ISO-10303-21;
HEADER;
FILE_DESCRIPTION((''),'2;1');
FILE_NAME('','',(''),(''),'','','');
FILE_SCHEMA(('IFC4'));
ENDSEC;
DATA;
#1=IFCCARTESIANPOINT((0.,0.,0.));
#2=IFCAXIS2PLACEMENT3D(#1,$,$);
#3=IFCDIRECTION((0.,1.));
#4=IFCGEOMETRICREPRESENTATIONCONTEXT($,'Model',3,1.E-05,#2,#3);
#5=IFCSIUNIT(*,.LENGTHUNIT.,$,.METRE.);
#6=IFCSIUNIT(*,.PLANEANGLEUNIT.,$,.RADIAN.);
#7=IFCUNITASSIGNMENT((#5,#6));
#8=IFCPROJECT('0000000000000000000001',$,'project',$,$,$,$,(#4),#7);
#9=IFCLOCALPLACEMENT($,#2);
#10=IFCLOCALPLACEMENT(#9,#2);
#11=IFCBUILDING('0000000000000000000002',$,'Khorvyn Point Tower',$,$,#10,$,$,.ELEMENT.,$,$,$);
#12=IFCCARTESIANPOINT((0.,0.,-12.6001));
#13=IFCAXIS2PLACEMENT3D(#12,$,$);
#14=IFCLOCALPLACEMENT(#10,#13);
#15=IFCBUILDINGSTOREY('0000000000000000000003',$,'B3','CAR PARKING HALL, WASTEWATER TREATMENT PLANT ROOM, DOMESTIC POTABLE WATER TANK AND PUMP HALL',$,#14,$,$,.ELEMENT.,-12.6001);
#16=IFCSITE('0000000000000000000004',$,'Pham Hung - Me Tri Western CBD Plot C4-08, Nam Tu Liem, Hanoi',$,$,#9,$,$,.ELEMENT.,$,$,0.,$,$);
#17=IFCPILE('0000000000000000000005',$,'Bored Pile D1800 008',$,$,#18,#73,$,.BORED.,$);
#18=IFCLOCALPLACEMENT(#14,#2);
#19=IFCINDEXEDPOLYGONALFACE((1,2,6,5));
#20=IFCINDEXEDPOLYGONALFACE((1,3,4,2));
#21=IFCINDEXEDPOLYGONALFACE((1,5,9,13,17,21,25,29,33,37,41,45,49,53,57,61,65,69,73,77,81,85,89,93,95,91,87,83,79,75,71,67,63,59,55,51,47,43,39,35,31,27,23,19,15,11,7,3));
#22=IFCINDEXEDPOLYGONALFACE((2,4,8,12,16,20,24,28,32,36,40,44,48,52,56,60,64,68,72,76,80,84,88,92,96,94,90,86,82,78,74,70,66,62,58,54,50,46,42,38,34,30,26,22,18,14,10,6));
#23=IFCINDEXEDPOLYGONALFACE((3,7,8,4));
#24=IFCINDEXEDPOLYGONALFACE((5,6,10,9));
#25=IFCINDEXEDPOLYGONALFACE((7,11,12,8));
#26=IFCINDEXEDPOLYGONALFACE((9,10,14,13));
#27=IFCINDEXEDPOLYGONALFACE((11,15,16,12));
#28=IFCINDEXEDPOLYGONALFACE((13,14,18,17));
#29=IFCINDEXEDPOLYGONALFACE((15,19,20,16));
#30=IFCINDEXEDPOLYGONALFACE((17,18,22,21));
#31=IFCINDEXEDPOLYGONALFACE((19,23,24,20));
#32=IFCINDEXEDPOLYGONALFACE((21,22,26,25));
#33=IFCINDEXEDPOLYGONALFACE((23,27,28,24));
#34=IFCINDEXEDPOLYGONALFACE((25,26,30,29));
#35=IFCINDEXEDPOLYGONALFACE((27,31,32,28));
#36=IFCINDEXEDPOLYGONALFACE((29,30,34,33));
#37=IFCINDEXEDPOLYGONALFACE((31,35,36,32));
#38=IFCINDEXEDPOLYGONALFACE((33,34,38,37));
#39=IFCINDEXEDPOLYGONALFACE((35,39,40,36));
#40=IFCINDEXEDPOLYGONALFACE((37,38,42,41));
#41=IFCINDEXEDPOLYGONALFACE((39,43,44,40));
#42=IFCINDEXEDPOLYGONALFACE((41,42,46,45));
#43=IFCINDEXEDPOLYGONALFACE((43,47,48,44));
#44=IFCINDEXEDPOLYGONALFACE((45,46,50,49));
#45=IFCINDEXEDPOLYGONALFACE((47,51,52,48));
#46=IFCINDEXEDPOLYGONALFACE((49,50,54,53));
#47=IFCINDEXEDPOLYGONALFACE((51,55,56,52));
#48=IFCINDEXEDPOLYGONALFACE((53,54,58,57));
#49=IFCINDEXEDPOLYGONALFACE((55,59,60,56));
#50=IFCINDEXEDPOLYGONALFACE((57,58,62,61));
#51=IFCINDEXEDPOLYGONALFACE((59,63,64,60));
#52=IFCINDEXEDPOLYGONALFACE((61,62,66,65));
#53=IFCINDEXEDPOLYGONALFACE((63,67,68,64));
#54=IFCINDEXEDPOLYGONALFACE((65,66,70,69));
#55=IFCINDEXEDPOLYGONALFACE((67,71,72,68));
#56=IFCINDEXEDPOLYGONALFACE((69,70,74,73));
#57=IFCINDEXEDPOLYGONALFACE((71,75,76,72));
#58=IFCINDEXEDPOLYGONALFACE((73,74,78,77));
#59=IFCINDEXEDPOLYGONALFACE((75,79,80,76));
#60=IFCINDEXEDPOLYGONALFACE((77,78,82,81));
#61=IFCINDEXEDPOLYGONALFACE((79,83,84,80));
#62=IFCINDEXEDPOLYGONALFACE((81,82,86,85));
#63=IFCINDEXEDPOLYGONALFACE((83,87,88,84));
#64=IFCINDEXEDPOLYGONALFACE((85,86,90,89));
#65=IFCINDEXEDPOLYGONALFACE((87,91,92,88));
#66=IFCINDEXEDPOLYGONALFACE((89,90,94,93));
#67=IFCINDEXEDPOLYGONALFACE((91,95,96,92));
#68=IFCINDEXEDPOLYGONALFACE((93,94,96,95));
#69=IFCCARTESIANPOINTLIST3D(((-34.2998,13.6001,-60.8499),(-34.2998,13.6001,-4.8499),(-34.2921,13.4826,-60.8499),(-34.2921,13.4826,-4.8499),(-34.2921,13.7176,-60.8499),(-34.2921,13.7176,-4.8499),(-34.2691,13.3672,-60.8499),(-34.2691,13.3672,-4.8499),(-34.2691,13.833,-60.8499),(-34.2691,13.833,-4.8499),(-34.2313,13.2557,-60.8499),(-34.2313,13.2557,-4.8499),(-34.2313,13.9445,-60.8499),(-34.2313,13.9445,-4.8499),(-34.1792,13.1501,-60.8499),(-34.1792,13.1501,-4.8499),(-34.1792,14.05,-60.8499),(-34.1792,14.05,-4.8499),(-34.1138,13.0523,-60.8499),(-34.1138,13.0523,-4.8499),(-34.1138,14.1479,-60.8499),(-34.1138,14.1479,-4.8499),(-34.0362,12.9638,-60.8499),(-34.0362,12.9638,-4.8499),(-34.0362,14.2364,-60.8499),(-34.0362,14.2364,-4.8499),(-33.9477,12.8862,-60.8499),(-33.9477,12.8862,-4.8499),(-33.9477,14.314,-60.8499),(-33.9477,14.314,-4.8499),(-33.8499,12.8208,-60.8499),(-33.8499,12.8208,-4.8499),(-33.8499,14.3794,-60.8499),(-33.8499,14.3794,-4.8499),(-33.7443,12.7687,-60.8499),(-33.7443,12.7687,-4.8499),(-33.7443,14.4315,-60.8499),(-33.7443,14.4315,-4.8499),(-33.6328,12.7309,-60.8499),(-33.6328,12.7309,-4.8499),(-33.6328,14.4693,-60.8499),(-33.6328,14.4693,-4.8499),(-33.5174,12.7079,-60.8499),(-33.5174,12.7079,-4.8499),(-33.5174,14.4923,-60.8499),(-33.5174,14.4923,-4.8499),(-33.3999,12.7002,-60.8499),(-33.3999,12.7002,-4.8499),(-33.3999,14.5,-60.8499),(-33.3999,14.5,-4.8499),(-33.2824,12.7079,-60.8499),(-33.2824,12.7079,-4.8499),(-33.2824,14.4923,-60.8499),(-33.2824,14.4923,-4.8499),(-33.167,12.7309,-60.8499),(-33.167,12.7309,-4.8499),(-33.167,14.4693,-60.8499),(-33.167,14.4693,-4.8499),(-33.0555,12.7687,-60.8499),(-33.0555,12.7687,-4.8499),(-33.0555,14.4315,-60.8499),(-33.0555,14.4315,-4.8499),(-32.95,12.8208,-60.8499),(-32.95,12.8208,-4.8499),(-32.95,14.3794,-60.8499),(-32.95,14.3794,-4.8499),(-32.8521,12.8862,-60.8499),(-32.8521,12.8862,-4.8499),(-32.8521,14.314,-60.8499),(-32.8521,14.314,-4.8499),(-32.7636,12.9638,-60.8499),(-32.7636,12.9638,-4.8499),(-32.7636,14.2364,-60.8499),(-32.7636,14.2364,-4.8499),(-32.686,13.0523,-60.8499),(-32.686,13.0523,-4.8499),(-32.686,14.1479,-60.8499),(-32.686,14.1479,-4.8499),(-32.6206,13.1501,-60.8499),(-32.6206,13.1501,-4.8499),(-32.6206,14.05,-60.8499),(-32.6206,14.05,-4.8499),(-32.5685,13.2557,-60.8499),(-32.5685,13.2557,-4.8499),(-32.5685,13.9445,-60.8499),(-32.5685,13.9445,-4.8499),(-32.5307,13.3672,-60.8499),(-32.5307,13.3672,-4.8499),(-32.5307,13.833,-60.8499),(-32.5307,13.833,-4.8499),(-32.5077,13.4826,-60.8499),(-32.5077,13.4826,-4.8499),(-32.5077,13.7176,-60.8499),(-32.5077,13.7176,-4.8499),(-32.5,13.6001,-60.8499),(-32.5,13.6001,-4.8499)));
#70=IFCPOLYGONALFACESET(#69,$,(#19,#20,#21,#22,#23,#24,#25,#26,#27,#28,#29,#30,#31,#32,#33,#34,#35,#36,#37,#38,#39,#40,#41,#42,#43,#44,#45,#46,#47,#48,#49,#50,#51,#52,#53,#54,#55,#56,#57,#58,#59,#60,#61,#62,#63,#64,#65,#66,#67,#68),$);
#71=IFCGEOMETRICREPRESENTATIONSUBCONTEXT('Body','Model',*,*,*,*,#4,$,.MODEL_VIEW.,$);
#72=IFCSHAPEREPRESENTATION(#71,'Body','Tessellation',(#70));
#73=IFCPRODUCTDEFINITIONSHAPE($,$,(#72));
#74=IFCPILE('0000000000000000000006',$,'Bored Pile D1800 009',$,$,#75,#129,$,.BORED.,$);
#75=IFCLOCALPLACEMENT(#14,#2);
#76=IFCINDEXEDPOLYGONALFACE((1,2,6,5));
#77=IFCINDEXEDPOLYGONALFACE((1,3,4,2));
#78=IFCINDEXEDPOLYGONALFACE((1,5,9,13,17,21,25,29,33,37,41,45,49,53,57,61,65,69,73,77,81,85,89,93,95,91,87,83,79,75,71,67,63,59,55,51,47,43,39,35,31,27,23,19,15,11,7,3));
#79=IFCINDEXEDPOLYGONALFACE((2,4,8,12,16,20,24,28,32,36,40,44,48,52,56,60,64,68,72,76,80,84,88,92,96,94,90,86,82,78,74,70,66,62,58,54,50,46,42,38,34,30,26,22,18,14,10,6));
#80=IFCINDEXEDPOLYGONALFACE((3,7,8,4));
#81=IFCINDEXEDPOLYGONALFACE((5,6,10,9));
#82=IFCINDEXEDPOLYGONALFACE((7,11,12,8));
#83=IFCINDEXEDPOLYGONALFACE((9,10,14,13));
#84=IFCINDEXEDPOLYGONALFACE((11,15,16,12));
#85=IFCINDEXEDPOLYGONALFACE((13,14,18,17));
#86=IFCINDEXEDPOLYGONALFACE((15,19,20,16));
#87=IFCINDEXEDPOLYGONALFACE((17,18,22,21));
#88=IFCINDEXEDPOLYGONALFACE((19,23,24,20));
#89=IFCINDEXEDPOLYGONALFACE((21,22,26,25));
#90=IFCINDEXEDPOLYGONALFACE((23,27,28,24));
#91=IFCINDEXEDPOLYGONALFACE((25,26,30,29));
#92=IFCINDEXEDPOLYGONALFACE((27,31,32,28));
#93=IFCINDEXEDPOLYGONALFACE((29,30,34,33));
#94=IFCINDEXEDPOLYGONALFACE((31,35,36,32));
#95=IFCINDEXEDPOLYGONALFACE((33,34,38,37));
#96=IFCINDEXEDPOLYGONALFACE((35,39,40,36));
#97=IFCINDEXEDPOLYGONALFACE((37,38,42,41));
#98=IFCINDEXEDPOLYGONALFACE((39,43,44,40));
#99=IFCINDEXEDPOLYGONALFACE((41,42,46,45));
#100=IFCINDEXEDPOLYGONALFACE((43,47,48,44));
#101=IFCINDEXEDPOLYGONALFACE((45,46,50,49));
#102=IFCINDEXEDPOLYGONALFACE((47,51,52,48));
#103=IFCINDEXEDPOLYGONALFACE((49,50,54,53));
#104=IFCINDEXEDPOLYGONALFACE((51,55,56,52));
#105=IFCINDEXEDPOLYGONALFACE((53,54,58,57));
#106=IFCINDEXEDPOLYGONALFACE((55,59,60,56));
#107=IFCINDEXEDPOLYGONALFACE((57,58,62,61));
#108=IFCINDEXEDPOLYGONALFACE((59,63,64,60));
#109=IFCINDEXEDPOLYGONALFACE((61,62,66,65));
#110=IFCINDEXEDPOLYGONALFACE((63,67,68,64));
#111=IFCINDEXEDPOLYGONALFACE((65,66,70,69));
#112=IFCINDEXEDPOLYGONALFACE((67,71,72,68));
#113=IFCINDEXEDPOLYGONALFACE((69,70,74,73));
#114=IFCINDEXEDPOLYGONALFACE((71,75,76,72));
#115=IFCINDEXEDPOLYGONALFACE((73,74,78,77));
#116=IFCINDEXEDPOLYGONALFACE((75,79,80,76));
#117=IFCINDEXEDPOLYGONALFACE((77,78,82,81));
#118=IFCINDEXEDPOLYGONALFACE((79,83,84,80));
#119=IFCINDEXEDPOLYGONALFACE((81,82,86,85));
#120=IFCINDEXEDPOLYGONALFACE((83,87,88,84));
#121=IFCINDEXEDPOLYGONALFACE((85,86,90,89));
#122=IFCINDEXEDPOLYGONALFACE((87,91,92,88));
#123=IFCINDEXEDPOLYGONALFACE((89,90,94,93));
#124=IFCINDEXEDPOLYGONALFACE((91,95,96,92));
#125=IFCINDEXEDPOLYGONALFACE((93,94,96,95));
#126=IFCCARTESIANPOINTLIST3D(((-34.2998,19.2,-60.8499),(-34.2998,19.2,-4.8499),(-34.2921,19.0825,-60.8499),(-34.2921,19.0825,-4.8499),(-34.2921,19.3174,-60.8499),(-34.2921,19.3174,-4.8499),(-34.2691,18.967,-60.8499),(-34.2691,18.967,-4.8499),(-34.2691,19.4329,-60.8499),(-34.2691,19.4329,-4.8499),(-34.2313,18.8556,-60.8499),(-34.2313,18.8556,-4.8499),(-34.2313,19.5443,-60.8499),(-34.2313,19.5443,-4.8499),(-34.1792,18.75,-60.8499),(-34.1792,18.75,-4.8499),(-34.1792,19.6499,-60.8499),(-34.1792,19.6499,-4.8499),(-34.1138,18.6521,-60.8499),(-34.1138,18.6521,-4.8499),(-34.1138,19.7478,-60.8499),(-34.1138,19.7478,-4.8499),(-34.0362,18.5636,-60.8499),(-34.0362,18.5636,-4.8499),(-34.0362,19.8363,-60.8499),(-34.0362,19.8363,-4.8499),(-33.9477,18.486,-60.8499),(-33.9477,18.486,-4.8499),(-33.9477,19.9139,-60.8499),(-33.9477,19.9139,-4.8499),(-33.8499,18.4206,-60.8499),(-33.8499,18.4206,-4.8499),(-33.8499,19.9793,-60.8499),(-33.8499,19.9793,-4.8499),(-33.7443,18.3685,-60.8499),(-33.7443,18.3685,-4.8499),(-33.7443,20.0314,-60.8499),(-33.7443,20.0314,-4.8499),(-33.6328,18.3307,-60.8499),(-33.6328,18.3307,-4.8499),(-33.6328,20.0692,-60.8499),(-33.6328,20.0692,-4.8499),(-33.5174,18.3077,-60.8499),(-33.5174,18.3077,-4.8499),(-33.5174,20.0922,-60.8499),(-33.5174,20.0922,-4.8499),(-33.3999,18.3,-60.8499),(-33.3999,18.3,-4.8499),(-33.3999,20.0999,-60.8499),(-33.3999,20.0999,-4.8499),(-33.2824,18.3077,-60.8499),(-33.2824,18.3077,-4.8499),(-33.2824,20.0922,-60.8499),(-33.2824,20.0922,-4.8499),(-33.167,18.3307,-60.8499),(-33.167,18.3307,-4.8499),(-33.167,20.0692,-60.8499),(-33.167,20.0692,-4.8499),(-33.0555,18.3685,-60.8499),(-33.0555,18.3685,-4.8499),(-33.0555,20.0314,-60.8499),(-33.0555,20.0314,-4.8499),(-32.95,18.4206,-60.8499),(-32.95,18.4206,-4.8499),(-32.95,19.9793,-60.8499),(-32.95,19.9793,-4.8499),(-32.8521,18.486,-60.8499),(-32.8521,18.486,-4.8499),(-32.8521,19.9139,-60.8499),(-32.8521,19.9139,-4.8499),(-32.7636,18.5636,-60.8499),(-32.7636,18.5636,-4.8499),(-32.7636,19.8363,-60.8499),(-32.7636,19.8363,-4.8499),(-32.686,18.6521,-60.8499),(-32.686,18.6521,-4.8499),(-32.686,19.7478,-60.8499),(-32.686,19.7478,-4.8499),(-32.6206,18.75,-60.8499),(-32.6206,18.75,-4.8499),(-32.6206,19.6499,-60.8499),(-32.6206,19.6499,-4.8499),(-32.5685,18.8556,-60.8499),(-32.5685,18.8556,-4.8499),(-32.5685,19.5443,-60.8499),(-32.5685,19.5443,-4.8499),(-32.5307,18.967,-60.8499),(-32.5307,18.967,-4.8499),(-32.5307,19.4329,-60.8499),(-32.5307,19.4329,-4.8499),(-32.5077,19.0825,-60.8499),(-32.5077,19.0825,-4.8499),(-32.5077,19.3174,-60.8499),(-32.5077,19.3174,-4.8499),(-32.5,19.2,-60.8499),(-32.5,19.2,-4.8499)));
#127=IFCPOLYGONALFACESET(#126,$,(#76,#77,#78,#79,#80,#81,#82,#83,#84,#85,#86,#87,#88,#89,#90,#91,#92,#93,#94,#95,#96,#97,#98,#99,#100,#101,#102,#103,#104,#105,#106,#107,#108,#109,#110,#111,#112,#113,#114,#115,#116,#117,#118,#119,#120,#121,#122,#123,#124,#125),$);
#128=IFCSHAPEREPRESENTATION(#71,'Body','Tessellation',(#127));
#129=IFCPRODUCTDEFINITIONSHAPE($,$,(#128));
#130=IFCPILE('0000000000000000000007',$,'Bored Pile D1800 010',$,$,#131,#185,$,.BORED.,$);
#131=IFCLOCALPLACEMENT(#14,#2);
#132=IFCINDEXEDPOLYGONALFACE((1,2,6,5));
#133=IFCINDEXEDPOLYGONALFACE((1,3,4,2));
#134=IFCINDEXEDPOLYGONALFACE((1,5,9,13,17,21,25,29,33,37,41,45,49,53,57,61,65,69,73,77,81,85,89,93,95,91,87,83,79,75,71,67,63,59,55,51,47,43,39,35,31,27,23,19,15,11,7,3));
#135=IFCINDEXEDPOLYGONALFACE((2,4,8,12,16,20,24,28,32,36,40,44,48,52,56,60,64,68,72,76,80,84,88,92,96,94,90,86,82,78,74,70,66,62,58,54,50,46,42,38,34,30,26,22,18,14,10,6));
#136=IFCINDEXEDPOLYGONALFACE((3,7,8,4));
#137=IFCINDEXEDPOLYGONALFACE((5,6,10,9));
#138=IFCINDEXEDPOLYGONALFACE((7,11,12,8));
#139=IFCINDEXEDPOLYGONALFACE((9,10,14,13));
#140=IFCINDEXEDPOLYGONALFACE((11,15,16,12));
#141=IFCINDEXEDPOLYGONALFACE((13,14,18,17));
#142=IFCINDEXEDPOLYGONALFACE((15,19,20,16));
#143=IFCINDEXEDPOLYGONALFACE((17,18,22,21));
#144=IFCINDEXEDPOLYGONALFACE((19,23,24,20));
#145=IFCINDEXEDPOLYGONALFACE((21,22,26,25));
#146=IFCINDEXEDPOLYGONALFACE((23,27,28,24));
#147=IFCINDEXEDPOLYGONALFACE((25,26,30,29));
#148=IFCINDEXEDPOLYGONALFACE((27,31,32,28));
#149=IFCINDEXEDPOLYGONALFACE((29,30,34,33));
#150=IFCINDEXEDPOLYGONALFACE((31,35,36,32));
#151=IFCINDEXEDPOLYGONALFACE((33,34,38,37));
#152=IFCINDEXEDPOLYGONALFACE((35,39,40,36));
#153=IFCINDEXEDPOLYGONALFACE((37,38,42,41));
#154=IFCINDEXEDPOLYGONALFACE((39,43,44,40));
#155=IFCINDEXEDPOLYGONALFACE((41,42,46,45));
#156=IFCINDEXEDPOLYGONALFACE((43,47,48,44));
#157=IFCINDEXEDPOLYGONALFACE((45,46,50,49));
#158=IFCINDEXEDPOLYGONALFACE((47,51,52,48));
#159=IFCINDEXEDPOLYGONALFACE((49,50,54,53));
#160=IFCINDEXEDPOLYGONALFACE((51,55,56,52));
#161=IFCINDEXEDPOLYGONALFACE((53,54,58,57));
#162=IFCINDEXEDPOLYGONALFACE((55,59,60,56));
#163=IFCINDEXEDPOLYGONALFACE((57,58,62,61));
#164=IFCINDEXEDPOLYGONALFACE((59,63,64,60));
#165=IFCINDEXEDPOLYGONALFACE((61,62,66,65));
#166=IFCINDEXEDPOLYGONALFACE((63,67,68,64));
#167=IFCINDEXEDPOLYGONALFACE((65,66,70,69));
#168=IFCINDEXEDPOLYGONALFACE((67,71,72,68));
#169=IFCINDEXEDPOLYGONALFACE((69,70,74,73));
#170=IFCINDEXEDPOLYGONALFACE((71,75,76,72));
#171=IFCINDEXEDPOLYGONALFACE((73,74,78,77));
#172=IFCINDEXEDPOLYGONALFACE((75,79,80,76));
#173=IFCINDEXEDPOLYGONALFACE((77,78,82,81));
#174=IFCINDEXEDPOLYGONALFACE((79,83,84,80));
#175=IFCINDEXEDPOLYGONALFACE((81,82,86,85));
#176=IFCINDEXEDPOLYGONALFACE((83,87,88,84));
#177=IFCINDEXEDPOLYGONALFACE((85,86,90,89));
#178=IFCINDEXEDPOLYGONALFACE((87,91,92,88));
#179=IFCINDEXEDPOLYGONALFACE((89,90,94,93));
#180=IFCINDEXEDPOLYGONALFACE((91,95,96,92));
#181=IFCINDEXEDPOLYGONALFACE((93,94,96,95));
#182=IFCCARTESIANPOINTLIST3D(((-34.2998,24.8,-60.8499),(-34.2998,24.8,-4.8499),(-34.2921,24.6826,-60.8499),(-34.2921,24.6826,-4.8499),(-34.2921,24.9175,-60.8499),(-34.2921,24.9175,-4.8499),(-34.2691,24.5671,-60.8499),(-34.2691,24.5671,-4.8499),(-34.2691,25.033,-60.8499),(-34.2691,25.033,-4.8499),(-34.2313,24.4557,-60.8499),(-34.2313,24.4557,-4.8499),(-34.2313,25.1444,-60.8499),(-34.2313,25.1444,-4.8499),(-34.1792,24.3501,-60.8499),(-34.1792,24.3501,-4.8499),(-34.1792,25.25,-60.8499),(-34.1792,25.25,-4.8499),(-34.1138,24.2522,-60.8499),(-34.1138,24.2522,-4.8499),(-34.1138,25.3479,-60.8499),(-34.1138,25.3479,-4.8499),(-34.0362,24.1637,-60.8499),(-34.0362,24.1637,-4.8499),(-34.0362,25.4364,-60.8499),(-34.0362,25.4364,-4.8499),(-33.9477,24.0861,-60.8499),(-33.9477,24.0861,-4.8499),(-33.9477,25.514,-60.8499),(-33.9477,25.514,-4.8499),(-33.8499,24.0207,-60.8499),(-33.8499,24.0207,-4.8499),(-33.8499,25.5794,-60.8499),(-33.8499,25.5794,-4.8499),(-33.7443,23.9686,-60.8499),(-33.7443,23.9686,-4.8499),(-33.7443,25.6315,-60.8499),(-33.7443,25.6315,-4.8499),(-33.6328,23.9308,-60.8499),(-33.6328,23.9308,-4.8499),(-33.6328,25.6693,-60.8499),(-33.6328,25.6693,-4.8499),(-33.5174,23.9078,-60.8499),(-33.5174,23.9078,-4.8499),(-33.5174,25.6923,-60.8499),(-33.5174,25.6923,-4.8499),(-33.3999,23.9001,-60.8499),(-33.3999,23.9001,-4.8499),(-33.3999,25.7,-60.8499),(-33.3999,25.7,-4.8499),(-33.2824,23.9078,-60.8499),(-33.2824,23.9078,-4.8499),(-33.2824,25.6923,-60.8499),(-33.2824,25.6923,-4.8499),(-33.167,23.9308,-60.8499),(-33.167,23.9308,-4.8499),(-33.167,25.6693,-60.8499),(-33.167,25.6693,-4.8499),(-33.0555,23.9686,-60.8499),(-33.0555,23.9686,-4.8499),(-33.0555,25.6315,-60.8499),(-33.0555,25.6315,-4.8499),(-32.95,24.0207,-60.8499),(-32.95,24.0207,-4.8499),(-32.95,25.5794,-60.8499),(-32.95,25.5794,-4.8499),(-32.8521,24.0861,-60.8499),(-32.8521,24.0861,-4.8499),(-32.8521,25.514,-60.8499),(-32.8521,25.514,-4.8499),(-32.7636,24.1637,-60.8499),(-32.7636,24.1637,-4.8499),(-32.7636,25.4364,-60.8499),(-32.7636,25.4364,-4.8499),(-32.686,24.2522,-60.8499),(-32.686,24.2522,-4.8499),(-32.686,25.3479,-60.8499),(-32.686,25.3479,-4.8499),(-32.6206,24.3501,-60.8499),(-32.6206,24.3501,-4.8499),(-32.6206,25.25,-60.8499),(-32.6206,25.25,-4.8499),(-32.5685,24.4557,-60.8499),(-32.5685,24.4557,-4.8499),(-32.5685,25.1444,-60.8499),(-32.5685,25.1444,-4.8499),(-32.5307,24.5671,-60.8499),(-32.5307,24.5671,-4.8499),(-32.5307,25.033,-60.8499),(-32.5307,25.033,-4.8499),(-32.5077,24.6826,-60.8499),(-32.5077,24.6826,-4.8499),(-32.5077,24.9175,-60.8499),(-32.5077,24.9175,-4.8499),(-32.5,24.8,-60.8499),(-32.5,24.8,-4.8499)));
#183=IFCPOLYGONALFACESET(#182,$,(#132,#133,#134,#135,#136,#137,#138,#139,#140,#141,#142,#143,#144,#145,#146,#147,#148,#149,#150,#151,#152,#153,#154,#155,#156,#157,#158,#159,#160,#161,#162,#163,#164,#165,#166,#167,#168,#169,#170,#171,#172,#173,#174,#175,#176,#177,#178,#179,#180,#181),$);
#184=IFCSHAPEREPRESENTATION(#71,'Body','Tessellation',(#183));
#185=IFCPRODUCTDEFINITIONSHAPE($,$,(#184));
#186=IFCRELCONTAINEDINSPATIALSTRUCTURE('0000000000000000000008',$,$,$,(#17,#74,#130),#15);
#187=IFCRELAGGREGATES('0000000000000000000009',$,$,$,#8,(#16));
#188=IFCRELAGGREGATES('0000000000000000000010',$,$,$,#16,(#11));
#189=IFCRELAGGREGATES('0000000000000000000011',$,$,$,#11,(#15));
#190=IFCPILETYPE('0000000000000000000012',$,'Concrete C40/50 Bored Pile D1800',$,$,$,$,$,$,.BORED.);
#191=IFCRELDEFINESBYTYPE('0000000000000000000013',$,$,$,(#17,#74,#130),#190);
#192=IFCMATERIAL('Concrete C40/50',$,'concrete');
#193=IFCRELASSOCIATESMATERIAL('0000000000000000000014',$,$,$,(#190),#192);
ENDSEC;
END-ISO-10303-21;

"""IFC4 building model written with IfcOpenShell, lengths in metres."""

from ifc_helpers import new_model, si_unit, direction, frame, origin, origin_2d, place, context, subcontext, project, spatial, circle, extrude, material, material_profile, profile_set, type_object, element, save


model = new_model("IFC4")

# Units and contexts
model_context = context("Model", 3, precision=1e-05, world=origin(), true_north=direction((0.0, 1.0)))
body_context = subcontext(model_context, "Body", "Model", "MODEL_VIEW")
ifc_project = project(units=[si_unit("LENGTHUNIT", "METRE"), si_unit("PLANEANGLEUNIT", "RADIAN")], contexts=[model_context])

# Site, building, storey
site_placement = place(None, origin())
site = spatial("IfcSite", under=ifc_project, at=site_placement, Name="Pham Hung - Me Tri Western CBD Plot C4-08, Nam Tu Liem, Hanoi", CompositionType="ELEMENT", RefElevation=0.0)
building_placement = place(site_placement, origin())
building = spatial("IfcBuilding", under=site, at=building_placement, Name="Khorvyn Point Tower", CompositionType="ELEMENT")
storey_placement = place(building_placement, frame((0.0, 0.0, -12.6001)))
storey = spatial("IfcBuildingStorey", under=building, at=storey_placement, Name="B3", Description="CAR PARKING HALL, WASTEWATER TREATMENT PLANT ROOM, DOMESTIC POTABLE WATER TANK AND PUMP HALL", CompositionType="ELEMENT", Elevation=-12.6001)

# Piles
ifc_material_1 = material(Name="Concrete C40/50", Category="concrete")
ifc_material_profile_1 = material_profile(ifc_material_1, circle(Radius=0.8999, at=origin_2d()))
ifc_profile_set_1 = profile_set([ifc_material_profile_1], Name="Concrete C40/50 PILE-D1800")
pile_type_1 = type_object("IfcPileType", Name="Concrete C40/50 Bored Pile D1800", PredefinedType="BORED", material=ifc_profile_set_1)
for number, where, z_axis, x_axis, name in (
    (1, (-33.3999, 13.6001, -4.8499), (0.0, 0.0, -1.0), (1.0, 0.0, 0.0), "Bored Pile D1800 008"),
    (2, (-33.3999, 19.2, -4.8499), (0.0, 0.0, -1.0), (1.0, 0.0, 0.0), "Bored Pile D1800 009"),
    (3, (-33.3999, 24.8, -4.8499), (0.0, 0.0, -1.0), (1.0, 0.0, 0.0), "Bored Pile D1800 010"),
):
    element("IfcPile", number, at=place(storey_placement, frame(where, z_axis=z_axis, x_axis=x_axis)), inside=storey, type_object=pile_type_1, Name=name, PredefinedType="BORED", context=body_context, shape_type="SweptSolid", body=[
        extrude(circle(Radius=0.8999, at=origin_2d()), origin(), (0.0, 0.0, 1.0), 56.0),
    ])

save(model, "model.ifc")
